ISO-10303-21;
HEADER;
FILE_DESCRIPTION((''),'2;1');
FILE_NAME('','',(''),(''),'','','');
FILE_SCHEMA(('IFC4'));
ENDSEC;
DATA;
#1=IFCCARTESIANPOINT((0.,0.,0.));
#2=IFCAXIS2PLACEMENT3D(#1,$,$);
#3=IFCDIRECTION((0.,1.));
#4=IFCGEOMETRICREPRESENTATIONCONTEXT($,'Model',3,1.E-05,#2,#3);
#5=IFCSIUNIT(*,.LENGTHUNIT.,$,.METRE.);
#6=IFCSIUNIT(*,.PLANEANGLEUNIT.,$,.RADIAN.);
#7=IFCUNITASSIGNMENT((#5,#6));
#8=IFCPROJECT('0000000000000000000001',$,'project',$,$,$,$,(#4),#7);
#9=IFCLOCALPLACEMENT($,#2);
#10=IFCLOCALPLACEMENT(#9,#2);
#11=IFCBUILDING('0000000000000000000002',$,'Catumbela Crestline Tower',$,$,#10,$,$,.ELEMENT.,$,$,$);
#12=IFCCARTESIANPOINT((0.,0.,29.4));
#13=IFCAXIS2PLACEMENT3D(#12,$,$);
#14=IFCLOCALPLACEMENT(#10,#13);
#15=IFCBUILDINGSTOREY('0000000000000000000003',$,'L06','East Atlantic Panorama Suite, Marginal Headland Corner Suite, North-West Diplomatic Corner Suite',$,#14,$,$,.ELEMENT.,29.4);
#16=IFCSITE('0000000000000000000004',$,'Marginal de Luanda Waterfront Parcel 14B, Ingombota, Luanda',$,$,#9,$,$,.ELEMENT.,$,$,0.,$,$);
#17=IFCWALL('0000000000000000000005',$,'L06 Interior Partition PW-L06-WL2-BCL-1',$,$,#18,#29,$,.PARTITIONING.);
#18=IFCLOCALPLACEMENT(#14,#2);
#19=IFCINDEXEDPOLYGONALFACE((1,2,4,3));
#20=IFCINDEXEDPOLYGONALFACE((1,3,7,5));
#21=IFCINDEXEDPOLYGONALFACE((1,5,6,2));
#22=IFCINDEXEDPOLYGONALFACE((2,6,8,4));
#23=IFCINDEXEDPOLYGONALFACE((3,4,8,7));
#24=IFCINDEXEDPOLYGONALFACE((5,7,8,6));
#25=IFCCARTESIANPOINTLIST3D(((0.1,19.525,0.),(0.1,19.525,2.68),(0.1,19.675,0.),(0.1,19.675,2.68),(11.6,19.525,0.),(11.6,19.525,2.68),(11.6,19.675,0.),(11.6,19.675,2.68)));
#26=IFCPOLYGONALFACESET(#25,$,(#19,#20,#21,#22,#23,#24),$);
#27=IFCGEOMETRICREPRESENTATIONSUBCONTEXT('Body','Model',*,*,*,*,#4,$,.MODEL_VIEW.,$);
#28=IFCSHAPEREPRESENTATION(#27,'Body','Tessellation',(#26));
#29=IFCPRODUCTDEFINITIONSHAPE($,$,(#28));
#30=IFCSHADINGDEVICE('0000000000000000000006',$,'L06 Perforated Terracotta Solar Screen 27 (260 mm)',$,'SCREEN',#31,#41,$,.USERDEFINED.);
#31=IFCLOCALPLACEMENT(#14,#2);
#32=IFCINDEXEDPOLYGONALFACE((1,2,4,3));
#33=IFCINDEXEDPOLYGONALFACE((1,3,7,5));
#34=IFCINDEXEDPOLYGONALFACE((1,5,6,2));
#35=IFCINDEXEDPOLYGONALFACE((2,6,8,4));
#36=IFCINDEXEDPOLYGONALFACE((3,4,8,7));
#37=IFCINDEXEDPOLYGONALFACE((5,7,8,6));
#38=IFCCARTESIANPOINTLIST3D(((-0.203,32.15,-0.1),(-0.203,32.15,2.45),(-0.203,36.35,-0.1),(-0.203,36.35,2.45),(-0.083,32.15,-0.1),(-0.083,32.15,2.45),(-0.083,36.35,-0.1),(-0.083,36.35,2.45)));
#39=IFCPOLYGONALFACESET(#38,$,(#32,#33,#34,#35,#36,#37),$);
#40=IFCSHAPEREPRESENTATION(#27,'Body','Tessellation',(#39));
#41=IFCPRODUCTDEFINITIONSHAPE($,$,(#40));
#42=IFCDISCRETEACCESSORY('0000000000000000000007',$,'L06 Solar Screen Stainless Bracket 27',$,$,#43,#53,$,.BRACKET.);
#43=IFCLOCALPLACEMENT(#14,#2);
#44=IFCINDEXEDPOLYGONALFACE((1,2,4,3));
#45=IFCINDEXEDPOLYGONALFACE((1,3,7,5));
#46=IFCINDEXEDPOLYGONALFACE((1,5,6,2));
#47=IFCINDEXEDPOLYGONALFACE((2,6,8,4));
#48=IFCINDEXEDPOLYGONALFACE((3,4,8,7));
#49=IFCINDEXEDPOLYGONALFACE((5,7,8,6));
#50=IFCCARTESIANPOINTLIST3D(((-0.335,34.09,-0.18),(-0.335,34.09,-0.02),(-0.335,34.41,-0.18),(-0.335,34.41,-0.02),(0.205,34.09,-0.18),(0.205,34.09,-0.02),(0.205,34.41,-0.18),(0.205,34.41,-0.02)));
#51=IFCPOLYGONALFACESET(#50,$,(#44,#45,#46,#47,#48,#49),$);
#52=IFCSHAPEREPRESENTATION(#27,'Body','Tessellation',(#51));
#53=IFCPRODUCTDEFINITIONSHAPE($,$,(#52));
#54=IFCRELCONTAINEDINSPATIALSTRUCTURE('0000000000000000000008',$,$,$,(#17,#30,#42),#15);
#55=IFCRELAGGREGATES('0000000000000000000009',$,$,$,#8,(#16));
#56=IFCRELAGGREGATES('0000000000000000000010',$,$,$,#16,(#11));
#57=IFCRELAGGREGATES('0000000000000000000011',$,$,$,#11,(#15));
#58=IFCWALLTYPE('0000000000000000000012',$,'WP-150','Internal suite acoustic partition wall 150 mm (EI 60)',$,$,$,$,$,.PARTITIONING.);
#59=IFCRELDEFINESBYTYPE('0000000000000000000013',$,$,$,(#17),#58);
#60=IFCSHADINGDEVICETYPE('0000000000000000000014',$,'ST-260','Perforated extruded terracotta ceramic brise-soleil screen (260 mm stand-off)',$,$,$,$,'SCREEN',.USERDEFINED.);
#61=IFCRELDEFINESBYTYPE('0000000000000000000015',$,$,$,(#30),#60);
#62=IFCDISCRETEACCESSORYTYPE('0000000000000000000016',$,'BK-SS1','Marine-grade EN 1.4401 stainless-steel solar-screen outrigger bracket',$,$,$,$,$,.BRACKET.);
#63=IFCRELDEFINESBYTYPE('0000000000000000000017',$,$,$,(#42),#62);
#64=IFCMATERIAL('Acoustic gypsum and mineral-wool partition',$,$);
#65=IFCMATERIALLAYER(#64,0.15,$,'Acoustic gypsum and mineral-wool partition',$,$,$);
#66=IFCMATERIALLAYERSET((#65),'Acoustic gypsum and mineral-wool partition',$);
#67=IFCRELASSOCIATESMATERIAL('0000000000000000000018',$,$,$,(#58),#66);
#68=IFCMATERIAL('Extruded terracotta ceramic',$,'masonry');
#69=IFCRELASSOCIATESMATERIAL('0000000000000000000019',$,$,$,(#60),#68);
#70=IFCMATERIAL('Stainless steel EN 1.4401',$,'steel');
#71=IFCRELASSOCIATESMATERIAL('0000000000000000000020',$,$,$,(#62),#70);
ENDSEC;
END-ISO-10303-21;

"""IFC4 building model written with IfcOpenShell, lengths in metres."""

from ifc_helpers import new_model, si_unit, direction, frame, frame_2d, origin, origin_2d, place, context, subcontext, project, spatial, rectangle, extrude, material, layer, layer_set, type_object, element, save


model = new_model("IFC4")

# Units and contexts
model_context = context("Model", 3, precision=1e-05, world=origin(), true_north=direction((0.0, 1.0)))
body_context = subcontext(model_context, "Body", "Model", "MODEL_VIEW")
ifc_project = project(units=[si_unit("LENGTHUNIT", "METRE"), si_unit("PLANEANGLEUNIT", "RADIAN")], contexts=[model_context])

# Site, building, storey
site_placement = place(None, origin())
site = spatial("IfcSite", under=ifc_project, at=site_placement, Name="Marginal de Luanda Waterfront Parcel 14B, Ingombota, Luanda", CompositionType="ELEMENT", RefElevation=0.0)
building_placement = place(site_placement, origin())
building = spatial("IfcBuilding", under=site, at=building_placement, Name="Catumbela Crestline Tower", CompositionType="ELEMENT")
storey_placement = place(building_placement, frame((0.0, 0.0, 29.4)))
storey = spatial("IfcBuildingStorey", under=building, at=storey_placement, Name="L06", Description="East Atlantic Panorama Suite, Marginal Headland Corner Suite, North-West Diplomatic Corner Suite", CompositionType="ELEMENT", Elevation=29.4)

# Wall
ifc_material_1 = material(Name="Acoustic gypsum and mineral-wool partition")
ifc_layer_1 = layer(ifc_material_1, 0.15, Name="Acoustic gypsum and mineral-wool partition")
ifc_layer_set_1 = layer_set([ifc_layer_1], Name="Acoustic gypsum and mineral-wool partition")
wall_type_1 = type_object("IfcWallType", Name="WP-150", Description="Internal suite acoustic partition wall 150 mm (EI 60)", PredefinedType="PARTITIONING", material=ifc_layer_set_1)
wall_1_placement = place(storey_placement, frame((0.1, 19.6, 0.0), z_axis=(0.0, 0.0, 1.0), x_axis=(1.0, 0.0, 0.0)))
element("IfcWall", 1, at=wall_1_placement, inside=storey, type_object=wall_type_1, Name="L06 Interior Partition PW-L06-WL2-BCL-1", PredefinedType="PARTITIONING", context=body_context, shape_type="SweptSolid", body=[
    extrude(rectangle(XDim=11.5, YDim=0.15, at=frame_2d((5.75, 0.0))), origin(), (0.0, 0.0, 1.0), 2.68),
])

# Shading device
ifc_material_2 = material(Name="Extruded terracotta ceramic", Category="masonry")
shading_device_type = type_object("IfcShadingDeviceType", Name="ST-260", Description="Perforated extruded terracotta ceramic brise-soleil screen (260 mm stand-off)", ElementType="SCREEN", PredefinedType="USERDEFINED", material=ifc_material_2)
shading_device_placement = place(storey_placement, frame((-0.143, 34.25, -0.1), z_axis=(0.0, 0.0, 1.0), x_axis=(0.0, -1.0, 0.0)))
element("IfcShadingDevice", 2, at=shading_device_placement, inside=storey, type_object=shading_device_type, Name="L06 Perforated Terracotta Solar Screen 27 (260 mm)", ObjectType="SCREEN", PredefinedType="USERDEFINED", context=body_context, shape_type="SweptSolid", body=[
    extrude(rectangle(XDim=4.2, YDim=0.12, at=origin_2d()), origin(), (0.0, 0.0, 1.0), 2.55),
])

# Discrete accessory
ifc_material_3 = material(Name="Stainless steel EN 1.4401", Category="steel")
discrete_accessory_type = type_object("IfcDiscreteAccessoryType", Name="BK-SS1", Description="Marine-grade EN 1.4401 stainless-steel solar-screen outrigger bracket", PredefinedType="BRACKET", material=ifc_material_3)
discrete_accessory_placement = place(storey_placement, frame((-0.065, 34.25, -0.18), z_axis=(0.0, 0.0, 1.0), x_axis=(0.0, -1.0, 0.0)))
element("IfcDiscreteAccessory", 3, at=discrete_accessory_placement, inside=storey, type_object=discrete_accessory_type, Name="L06 Solar Screen Stainless Bracket 27", PredefinedType="BRACKET", context=body_context, shape_type="SweptSolid", body=[
    extrude(rectangle(XDim=0.32, YDim=0.54, at=origin_2d()), origin(), (0.0, 0.0, 1.0), 0.16),
])

save(model, "model.ifc")
